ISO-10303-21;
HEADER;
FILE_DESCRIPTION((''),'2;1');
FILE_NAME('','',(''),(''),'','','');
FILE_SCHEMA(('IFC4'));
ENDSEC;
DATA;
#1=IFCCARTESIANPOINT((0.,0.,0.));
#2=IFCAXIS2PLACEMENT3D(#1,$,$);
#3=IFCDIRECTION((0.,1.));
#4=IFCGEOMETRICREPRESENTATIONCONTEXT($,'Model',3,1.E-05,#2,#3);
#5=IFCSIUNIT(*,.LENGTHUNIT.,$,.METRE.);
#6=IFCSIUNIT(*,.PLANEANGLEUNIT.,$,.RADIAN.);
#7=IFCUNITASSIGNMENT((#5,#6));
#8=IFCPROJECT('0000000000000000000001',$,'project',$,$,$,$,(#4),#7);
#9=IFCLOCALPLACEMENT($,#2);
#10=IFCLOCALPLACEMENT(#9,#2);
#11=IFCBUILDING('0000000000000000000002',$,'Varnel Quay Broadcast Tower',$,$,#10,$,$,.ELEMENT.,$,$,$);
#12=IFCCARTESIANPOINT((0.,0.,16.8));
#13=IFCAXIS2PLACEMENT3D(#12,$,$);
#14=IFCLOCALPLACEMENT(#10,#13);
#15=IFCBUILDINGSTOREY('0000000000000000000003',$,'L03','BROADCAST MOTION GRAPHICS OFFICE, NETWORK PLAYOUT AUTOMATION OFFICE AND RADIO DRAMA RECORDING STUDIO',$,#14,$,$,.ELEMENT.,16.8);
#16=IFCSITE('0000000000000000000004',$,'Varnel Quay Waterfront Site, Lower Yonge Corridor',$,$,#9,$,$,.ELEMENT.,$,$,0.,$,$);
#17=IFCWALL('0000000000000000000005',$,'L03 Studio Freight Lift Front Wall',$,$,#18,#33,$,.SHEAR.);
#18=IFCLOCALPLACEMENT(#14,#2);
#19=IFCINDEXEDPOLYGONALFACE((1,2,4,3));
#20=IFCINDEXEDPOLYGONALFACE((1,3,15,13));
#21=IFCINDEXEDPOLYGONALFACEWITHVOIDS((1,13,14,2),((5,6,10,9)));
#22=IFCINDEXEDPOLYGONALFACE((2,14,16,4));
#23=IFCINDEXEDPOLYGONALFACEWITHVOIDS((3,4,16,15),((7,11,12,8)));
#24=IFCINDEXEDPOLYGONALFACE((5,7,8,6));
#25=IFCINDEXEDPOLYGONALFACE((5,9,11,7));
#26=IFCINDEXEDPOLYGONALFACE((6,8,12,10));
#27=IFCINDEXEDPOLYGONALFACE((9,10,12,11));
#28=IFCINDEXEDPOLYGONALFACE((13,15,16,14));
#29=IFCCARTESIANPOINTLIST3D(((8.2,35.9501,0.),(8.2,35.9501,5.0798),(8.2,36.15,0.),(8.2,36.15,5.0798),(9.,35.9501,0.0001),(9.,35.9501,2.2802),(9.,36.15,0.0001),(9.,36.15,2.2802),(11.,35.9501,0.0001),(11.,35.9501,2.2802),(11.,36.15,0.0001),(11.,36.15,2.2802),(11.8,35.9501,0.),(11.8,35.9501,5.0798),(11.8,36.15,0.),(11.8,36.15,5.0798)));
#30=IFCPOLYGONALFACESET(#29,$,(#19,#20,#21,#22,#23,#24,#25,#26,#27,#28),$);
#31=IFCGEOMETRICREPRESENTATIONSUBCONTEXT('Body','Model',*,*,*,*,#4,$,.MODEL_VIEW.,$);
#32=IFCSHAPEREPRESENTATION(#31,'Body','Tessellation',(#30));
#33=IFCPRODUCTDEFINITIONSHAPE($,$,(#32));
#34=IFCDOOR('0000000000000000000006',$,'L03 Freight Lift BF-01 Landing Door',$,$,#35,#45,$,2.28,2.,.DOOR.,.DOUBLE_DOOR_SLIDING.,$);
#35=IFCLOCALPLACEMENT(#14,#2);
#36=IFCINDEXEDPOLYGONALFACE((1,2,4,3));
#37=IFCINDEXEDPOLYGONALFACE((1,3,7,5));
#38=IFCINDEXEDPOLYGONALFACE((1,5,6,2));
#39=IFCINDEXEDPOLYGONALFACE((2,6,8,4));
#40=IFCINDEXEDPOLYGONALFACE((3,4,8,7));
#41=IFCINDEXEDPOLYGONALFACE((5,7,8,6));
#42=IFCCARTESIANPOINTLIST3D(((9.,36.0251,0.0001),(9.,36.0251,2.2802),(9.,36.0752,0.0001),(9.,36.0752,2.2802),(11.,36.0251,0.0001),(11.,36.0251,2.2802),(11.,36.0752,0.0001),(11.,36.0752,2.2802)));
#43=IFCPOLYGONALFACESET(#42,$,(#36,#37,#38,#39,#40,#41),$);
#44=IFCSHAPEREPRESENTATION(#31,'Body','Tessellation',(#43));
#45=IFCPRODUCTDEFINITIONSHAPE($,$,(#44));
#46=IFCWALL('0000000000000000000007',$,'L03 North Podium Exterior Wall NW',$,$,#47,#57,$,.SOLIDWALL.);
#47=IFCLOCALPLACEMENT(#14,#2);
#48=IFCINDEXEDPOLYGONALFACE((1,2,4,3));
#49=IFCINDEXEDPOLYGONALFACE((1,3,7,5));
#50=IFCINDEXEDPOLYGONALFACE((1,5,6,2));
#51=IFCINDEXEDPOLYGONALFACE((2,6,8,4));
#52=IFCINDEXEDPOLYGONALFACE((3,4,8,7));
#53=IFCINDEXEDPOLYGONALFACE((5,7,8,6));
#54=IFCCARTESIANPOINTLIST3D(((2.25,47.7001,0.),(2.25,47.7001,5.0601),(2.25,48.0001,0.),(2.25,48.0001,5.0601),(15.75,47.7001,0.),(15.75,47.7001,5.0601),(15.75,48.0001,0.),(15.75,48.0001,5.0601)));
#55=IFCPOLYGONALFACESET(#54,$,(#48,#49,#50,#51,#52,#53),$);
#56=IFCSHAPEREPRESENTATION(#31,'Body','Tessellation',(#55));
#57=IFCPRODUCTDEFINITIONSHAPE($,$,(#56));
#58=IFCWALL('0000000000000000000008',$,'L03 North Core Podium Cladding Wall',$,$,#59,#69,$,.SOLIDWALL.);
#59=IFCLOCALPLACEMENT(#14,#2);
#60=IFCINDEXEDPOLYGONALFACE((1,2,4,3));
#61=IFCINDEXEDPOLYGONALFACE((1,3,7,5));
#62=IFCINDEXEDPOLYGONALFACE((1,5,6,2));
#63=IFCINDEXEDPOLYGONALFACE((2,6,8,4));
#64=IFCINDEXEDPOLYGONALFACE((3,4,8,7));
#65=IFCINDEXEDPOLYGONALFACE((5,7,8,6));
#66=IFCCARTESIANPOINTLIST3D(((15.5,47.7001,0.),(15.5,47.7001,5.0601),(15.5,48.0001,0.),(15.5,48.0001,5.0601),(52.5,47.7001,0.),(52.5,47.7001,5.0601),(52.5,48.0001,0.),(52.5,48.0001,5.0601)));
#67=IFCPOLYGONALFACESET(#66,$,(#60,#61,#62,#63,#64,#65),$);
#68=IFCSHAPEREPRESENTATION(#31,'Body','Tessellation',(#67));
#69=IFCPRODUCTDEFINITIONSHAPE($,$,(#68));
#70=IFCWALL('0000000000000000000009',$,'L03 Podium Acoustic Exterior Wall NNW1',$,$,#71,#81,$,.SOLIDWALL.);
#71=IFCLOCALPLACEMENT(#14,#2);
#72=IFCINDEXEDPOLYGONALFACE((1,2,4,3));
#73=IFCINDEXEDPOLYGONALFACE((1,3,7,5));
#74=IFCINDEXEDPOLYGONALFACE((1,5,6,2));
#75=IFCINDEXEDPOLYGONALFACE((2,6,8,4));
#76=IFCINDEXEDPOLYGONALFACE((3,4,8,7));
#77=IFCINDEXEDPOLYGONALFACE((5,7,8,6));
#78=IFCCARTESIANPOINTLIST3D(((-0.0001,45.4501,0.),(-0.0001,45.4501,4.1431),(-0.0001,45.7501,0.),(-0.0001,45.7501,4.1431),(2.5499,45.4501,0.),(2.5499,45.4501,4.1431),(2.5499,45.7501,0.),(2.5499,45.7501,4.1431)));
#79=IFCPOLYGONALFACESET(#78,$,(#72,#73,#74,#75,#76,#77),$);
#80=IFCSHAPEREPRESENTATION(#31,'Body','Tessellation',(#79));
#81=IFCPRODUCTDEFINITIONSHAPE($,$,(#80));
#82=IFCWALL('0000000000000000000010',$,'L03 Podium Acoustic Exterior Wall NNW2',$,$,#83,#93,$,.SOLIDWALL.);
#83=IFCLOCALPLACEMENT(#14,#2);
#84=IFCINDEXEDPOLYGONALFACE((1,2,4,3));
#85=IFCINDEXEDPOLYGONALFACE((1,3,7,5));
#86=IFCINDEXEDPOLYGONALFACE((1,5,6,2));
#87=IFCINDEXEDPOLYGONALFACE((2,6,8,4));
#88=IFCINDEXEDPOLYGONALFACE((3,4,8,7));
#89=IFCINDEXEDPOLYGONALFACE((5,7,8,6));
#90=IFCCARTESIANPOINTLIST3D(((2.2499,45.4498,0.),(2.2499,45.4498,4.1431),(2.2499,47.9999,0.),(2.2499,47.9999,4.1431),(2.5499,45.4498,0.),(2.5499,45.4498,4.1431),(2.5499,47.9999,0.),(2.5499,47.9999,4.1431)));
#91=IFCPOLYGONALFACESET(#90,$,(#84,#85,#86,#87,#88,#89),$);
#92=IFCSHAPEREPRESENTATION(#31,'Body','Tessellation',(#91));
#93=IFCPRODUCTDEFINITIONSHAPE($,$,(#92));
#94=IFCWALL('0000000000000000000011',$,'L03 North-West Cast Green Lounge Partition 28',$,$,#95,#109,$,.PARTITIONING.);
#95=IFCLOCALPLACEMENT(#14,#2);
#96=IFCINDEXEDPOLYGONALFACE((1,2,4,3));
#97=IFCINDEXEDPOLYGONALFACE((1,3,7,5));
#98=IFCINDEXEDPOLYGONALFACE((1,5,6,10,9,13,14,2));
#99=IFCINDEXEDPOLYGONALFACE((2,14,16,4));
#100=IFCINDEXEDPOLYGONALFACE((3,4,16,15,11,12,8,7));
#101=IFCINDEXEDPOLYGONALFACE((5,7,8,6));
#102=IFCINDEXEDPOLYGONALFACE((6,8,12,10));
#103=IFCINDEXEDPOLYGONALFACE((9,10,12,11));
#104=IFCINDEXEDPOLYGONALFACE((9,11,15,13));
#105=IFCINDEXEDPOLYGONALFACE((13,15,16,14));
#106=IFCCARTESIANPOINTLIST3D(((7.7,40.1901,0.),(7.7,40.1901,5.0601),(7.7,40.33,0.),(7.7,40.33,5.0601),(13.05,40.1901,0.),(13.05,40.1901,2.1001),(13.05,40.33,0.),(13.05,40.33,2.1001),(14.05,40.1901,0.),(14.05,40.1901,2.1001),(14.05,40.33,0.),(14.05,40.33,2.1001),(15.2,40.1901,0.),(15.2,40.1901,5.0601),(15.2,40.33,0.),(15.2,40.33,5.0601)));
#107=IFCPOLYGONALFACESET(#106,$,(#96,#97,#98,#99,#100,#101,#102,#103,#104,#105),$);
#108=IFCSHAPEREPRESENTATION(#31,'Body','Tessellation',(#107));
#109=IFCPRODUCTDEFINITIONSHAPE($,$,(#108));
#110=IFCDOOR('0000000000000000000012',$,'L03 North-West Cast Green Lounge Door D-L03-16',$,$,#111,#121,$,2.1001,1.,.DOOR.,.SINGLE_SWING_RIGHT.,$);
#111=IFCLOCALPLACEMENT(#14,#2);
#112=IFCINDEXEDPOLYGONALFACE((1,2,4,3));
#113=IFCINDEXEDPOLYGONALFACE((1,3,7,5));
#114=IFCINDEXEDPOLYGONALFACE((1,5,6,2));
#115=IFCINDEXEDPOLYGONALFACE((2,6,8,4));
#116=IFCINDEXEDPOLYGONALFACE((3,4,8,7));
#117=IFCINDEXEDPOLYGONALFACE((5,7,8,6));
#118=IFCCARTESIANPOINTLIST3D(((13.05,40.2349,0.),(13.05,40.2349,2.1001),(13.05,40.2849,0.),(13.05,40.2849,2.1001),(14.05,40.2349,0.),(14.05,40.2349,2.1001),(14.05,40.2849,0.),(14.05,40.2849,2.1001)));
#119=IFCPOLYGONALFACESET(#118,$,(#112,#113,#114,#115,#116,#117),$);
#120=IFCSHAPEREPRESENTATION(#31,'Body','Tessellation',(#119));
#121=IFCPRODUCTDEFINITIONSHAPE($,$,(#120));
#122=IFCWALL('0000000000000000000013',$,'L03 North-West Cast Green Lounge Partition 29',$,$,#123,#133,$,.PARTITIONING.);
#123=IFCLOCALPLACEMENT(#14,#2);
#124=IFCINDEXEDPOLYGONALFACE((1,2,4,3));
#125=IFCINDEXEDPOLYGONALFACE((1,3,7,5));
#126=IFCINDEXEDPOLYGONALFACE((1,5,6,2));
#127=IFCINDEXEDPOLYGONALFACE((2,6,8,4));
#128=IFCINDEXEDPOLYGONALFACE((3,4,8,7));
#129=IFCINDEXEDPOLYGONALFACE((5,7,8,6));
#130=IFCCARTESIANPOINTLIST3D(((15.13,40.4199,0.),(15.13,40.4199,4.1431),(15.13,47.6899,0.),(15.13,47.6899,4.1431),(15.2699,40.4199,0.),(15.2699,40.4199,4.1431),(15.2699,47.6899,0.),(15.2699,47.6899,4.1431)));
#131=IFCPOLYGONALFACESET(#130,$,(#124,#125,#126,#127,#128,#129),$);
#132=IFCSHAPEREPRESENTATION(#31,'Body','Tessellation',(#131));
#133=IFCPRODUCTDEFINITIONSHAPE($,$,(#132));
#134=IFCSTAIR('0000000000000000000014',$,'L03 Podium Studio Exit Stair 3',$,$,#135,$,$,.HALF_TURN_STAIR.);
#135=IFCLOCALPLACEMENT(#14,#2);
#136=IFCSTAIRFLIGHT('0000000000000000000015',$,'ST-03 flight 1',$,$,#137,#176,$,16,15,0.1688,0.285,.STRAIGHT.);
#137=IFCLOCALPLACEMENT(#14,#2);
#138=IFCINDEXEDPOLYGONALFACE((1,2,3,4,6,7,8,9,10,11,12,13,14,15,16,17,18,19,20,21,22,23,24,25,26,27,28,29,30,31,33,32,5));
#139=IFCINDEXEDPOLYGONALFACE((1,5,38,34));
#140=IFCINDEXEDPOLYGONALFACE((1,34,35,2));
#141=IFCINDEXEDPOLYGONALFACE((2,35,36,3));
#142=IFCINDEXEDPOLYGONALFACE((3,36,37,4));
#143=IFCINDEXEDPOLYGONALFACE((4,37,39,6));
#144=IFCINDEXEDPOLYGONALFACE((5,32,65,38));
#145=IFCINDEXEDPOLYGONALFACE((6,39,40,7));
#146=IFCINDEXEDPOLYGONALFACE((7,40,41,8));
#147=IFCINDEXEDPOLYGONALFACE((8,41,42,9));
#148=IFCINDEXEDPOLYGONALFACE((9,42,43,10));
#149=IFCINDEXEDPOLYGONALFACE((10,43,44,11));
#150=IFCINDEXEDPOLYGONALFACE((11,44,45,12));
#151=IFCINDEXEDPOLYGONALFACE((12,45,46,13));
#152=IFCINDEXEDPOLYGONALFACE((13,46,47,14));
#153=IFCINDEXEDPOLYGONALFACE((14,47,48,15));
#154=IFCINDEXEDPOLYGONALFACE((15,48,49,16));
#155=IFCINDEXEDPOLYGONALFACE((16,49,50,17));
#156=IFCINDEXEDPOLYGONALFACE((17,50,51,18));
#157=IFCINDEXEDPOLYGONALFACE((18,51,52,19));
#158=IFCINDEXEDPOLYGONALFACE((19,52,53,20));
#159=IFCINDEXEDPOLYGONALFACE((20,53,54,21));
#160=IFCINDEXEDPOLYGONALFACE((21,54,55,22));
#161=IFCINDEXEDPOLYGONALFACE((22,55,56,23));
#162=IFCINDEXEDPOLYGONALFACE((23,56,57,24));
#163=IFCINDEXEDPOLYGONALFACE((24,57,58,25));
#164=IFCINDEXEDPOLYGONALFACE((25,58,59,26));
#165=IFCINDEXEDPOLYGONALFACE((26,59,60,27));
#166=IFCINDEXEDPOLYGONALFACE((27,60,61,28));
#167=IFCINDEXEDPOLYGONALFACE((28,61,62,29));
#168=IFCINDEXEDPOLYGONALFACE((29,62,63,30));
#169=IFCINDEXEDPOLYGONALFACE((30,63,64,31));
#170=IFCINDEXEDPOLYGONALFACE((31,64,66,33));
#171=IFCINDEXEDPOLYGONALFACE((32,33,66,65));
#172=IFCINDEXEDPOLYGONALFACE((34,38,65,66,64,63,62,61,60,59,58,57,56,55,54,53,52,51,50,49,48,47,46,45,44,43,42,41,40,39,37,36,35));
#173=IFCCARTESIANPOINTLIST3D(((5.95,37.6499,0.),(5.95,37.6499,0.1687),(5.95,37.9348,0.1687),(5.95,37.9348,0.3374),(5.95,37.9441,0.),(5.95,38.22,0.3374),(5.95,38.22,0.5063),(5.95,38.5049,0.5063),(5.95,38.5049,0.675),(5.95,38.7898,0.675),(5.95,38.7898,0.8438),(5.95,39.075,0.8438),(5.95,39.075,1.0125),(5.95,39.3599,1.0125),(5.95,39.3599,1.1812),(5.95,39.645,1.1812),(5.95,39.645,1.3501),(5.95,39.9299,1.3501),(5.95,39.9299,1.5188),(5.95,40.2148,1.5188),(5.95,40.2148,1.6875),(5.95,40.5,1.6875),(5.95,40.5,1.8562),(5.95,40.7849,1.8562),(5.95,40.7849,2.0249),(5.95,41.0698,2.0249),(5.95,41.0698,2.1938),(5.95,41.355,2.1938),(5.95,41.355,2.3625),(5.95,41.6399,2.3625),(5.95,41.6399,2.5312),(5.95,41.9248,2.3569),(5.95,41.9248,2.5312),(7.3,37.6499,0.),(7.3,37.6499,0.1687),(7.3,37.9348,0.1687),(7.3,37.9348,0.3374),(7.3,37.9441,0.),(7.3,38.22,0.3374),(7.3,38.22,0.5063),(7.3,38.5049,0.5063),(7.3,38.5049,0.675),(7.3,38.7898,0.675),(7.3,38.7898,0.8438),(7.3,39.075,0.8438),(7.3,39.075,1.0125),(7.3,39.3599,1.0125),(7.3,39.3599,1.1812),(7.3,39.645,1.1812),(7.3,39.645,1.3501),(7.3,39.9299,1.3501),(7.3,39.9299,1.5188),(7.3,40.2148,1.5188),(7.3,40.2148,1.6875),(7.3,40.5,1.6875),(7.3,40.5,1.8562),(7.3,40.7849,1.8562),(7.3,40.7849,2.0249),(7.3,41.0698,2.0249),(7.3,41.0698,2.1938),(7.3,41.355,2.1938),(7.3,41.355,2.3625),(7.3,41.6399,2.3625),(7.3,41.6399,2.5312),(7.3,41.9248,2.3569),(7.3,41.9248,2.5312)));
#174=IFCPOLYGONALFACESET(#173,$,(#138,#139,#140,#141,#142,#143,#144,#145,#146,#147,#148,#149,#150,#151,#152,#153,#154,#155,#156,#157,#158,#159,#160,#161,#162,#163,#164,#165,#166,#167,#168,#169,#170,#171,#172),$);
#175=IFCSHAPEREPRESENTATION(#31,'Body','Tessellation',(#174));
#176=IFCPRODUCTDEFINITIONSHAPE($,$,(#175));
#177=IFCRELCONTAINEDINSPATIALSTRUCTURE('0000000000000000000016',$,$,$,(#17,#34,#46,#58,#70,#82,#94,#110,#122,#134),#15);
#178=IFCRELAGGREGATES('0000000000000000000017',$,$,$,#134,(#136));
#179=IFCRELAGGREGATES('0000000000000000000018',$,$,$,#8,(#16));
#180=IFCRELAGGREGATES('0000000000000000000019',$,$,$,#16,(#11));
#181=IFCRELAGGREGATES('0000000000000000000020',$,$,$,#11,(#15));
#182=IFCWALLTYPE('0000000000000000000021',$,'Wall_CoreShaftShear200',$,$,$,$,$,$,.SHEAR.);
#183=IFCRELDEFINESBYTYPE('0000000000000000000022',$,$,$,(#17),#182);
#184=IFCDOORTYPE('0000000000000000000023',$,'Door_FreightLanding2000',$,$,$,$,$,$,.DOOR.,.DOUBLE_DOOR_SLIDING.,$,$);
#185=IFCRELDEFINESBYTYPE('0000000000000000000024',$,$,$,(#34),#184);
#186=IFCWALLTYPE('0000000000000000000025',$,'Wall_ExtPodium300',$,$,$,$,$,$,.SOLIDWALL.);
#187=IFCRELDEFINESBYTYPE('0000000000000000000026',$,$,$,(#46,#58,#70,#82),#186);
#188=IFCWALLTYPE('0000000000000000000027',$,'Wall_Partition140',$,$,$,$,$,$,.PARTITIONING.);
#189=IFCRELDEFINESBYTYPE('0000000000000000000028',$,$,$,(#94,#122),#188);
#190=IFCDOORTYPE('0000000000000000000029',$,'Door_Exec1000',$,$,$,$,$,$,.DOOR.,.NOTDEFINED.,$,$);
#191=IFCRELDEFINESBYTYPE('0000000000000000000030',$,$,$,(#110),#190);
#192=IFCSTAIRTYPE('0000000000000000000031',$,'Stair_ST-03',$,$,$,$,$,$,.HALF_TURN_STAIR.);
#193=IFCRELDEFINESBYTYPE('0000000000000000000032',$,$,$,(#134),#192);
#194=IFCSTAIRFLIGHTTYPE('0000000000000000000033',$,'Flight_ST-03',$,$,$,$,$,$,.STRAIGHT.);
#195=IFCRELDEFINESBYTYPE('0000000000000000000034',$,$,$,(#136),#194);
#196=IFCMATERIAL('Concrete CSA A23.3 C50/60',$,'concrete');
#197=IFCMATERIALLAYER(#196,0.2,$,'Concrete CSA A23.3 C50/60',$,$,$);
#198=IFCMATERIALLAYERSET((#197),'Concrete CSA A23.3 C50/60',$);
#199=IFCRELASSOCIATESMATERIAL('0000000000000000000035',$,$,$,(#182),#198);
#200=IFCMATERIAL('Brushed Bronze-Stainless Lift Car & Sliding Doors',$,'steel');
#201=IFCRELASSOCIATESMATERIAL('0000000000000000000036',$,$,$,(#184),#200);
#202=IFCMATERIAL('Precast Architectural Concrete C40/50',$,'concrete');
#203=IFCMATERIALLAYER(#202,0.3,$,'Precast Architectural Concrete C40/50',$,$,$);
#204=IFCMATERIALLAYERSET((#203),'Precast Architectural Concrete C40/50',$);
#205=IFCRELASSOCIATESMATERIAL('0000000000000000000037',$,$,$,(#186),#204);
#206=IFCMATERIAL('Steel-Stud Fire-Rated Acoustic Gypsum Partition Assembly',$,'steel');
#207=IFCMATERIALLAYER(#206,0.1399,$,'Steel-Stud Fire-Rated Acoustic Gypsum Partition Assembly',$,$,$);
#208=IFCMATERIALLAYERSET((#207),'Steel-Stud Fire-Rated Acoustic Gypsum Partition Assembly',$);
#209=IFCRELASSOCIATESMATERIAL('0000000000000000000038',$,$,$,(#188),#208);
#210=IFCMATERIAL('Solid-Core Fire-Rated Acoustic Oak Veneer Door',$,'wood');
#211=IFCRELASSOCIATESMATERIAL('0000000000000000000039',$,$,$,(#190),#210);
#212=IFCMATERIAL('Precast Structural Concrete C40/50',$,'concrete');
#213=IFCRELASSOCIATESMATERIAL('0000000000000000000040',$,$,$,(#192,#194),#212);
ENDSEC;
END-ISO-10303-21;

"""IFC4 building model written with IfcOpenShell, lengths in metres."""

from ifc_helpers import new_model, si_unit, direction, frame, frame_2d, origin, place, context, subcontext, project, spatial, polyline, rectangle, outline, extrude, source, transform, mapped, material, layer, layer_set, type_object, type_shapes, element, fill, aggregate, save


model = new_model("IFC4")

# Units and contexts
model_context = context("Model", 3, precision=1e-05, world=origin(), true_north=direction((0.0, 1.0)))
body_context = subcontext(model_context, "Body", "Model", "MODEL_VIEW")
ifc_project = project(units=[si_unit("LENGTHUNIT", "METRE"), si_unit("PLANEANGLEUNIT", "RADIAN")], contexts=[model_context])

# Site, building, storey
site_placement = place(None, origin())
site = spatial("IfcSite", under=ifc_project, at=site_placement, Name="Varnel Quay Waterfront Site, Lower Yonge Corridor", CompositionType="ELEMENT", RefElevation=0.0)
building_placement = place(site_placement, origin())
building = spatial("IfcBuilding", under=site, at=building_placement, Name="Varnel Quay Broadcast Tower", CompositionType="ELEMENT")
storey_placement = place(building_placement, frame((0.0, 0.0, 16.8)))
storey = spatial("IfcBuildingStorey", under=building, at=storey_placement, Name="L03", Description="BROADCAST MOTION GRAPHICS OFFICE, NETWORK PLAYOUT AUTOMATION OFFICE AND RADIO DRAMA RECORDING STUDIO", CompositionType="ELEMENT", Elevation=16.8)

# Shared definitions
ifc_material_1 = material(Name="Concrete CSA A23.3 C50/60", Category="concrete")
ifc_layer_1 = layer(ifc_material_1, 0.2, Name="Concrete CSA A23.3 C50/60")
ifc_layer_set_1 = layer_set([ifc_layer_1], Name="Concrete CSA A23.3 C50/60")
wall_type_1 = type_object("IfcWallType", Name="Wall_CoreShaftShear200", PredefinedType="SHEAR", material=ifc_layer_set_1)

# Wall, opening, door
wall_1_placement = place(storey_placement, frame((8.2, 36.05, 0.0), z_axis=(0.0, 0.0, 1.0), x_axis=(1.0, 0.0, 0.0)))
wall_1 = element("IfcWall", 1, at=wall_1_placement, inside=storey, type_object=wall_type_1, Name="L03 Studio Freight Lift Front Wall", PredefinedType="SHEAR", context=body_context, shape_type="SweptSolid", body=[
    extrude(rectangle(XDim=3.6001, YDim=0.2, at=frame_2d((1.8, 0.0))), origin(), (0.0, 0.0, 1.0), 5.0798),
])
opening_1_placement = place(wall_1_placement, frame((0.8, 0.0, 0.0)))
opening_1 = element("IfcOpeningElement", 2, at=opening_1_placement, cuts=wall_1, PredefinedType="OPENING", context=body_context, shape_type="SweptSolid", body=[
    extrude(rectangle(XDim=2.0, YDim=2.28, at=frame_2d((1.0, 1.1401))), frame((0.0, 0.1099, 0.0), z_axis=(0.0, -1.0, 0.0), x_axis=(1.0, 0.0, 0.0)), (0.0, 0.0, 1.0), 0.22),
])
ifc_material_2 = material(Name="Brushed Bronze-Stainless Lift Car & Sliding Doors", Category="steel")
door_type_1 = type_object("IfcDoorType", Name="Door_FreightLanding2000", OperationType="DOUBLE_DOOR_SLIDING", PredefinedType="DOOR", material=ifc_material_2)
shared_shape_1 = source(origin(), body_context, "Body", "SweptSolid", [
    extrude(rectangle(XDim=2.0, YDim=2.28, at=frame_2d((1.0, 1.1401))), frame((0.0, 0.0249, 0.0), z_axis=(0.0, -1.0, 0.0), x_axis=(1.0, 0.0, 0.0)), (0.0, 0.0, 1.0), 0.05),
])
type_shapes(door_type_1, [shared_shape_1])
door_1_placement = place(opening_1_placement, frame((2.0, 0.0, 0.0), z_axis=(0.0, 0.0, 1.0), x_axis=(-1.0, 0.0, 0.0)))
door_1 = element("IfcDoor", 3, at=door_1_placement, inside=storey, type_object=door_type_1, Name="L03 Freight Lift BF-01 Landing Door", OperationType="DOUBLE_DOOR_SLIDING", OverallHeight=2.28, OverallWidth=2.0, PredefinedType="DOOR", context=body_context, shape_type="MappedRepresentation", body=[
    mapped(shared_shape_1, transform((0.0, 0.0, 0.0), x_axis=(1.0, 0.0, 0.0), y_axis=(0.0, 1.0, 0.0), z_axis=(0.0, 0.0, 1.0), scale=1.0)),
])
fill(opening_1, door_1)

# Walls
ifc_material_3 = material(Name="Precast Architectural Concrete C40/50", Category="concrete")
ifc_layer_2 = layer(ifc_material_3, 0.3, Name="Precast Architectural Concrete C40/50")
ifc_layer_set_2 = layer_set([ifc_layer_2], Name="Precast Architectural Concrete C40/50")
wall_type_2 = type_object("IfcWallType", Name="Wall_ExtPodium300", PredefinedType="SOLIDWALL", material=ifc_layer_set_2)
wall_2_placement = place(storey_placement, frame((2.25, 47.8501, 0.0), z_axis=(0.0, 0.0, 1.0), x_axis=(1.0, 0.0, 0.0)))
element("IfcWall", 4, at=wall_2_placement, inside=storey, type_object=wall_type_2, Name="L03 North Podium Exterior Wall NW", PredefinedType="SOLIDWALL", context=body_context, shape_type="SweptSolid", body=[
    extrude(rectangle(XDim=13.5, YDim=0.3, at=frame_2d((6.75, 0.0))), origin(), (0.0, 0.0, 1.0), 5.0601),
])
wall_3_placement = place(storey_placement, frame((15.5, 47.8501, 0.0), z_axis=(0.0, 0.0, 1.0), x_axis=(1.0, 0.0, 0.0)))
element("IfcWall", 5, at=wall_3_placement, inside=storey, type_object=wall_type_2, Name="L03 North Core Podium Cladding Wall", PredefinedType="SOLIDWALL", context=body_context, shape_type="SweptSolid", body=[
    extrude(rectangle(XDim=37.0, YDim=0.3, at=frame_2d((18.5, 0.0))), origin(), (0.0, 0.0, 1.0), 5.0601),
])
for number, where, z_axis, x_axis, name in (
    (6, (0.0, 45.6001, 0.0), (0.0, 0.0, 1.0), (1.0, 0.0, 0.0), "L03 Podium Acoustic Exterior Wall NNW1"),
    (7, (2.3999, 45.45, 0.0), (0.0, 0.0, 1.0), (0.0, 1.0, 0.0), "L03 Podium Acoustic Exterior Wall NNW2"),
):
    element("IfcWall", number, at=place(storey_placement, frame(where, z_axis=z_axis, x_axis=x_axis)), inside=storey, type_object=wall_type_2, Name=name, PredefinedType="SOLIDWALL", context=body_context, shape_type="SweptSolid", body=[
        extrude(rectangle(XDim=2.55, YDim=0.3, at=frame_2d((1.2749, 0.0))), origin(), (0.0, 0.0, 1.0), 4.1431),
    ])

# Wall, opening, door
ifc_material_4 = material(Name="Steel-Stud Fire-Rated Acoustic Gypsum Partition Assembly", Category="steel")
ifc_layer_3 = layer(ifc_material_4, 0.1399, Name="Steel-Stud Fire-Rated Acoustic Gypsum Partition Assembly")
ifc_layer_set_3 = layer_set([ifc_layer_3], Name="Steel-Stud Fire-Rated Acoustic Gypsum Partition Assembly")
wall_type_3 = type_object("IfcWallType", Name="Wall_Partition140", PredefinedType="PARTITIONING", material=ifc_layer_set_3)
wall_4_placement = place(storey_placement, frame((7.7, 40.26, 0.0), z_axis=(0.0, 0.0, 1.0), x_axis=(1.0, 0.0, 0.0)))
wall_4 = element("IfcWall", 8, at=wall_4_placement, inside=storey, type_object=wall_type_3, Name="L03 North-West Cast Green Lounge Partition 28", PredefinedType="PARTITIONING", context=body_context, shape_type="SweptSolid", body=[
    extrude(rectangle(XDim=7.5, YDim=0.1399, at=frame_2d((3.75, 0.0))), origin(), (0.0, 0.0, 1.0), 5.0601),
])
opening_2_placement = place(wall_4_placement, frame((5.3501, 0.0, 0.0)))
opening_2 = element("IfcOpeningElement", 9, at=opening_2_placement, cuts=wall_4, PredefinedType="OPENING", context=body_context, shape_type="SweptSolid", body=[
    extrude(rectangle(XDim=1.0, YDim=2.1001, at=frame_2d((0.5, 1.05))), frame((0.0, 0.0801, 0.0), z_axis=(0.0, -1.0, 0.0), x_axis=(1.0, 0.0, 0.0)), (0.0, 0.0, 1.0), 0.1599),
])
ifc_material_5 = material(Name="Solid-Core Fire-Rated Acoustic Oak Veneer Door", Category="wood")
door_type_2 = type_object("IfcDoorType", Name="Door_Exec1000", OperationType="NOTDEFINED", PredefinedType="DOOR", material=ifc_material_5)
shared_shape_2 = source(origin(), body_context, "Body", "SweptSolid", [
    extrude(rectangle(XDim=1.0, YDim=2.1001, at=frame_2d((0.5, 1.05))), frame((0.0, 0.0249, 0.0), z_axis=(0.0, -1.0, 0.0), x_axis=(1.0, 0.0, 0.0)), (0.0, 0.0, 1.0), 0.05),
])
type_shapes(door_type_2, [shared_shape_2])
door_2_placement = place(opening_2_placement, origin())
door_2 = element("IfcDoor", 10, at=door_2_placement, inside=storey, type_object=door_type_2, Name="L03 North-West Cast Green Lounge Door D-L03-16", OperationType="SINGLE_SWING_RIGHT", OverallHeight=2.1001, OverallWidth=1.0, PredefinedType="DOOR", context=body_context, shape_type="MappedRepresentation", body=[
    mapped(shared_shape_2, transform((0.0, 0.0, 0.0), x_axis=(1.0, 0.0, 0.0), y_axis=(0.0, 1.0, 0.0), z_axis=(0.0, 0.0, 1.0), scale=1.0)),
])
fill(opening_2, door_2)

# Wall
wall_5_placement = place(storey_placement, frame((15.2, 40.4199, 0.0), z_axis=(0.0, 0.0, 1.0), x_axis=(0.0, 1.0, 0.0)))
element("IfcWall", 11, at=wall_5_placement, inside=storey, type_object=wall_type_3, Name="L03 North-West Cast Green Lounge Partition 29", PredefinedType="PARTITIONING", context=body_context, shape_type="SweptSolid", body=[
    extrude(rectangle(XDim=7.27, YDim=0.1399, at=frame_2d((3.635, 0.0))), origin(), (0.0, 0.0, 1.0), 4.1431),
])

# Stair, stair flight
ifc_material_6 = material(Name="Precast Structural Concrete C40/50", Category="concrete")
stair_type = type_object("IfcStairType", Name="Stair_ST-03", PredefinedType="HALF_TURN_STAIR", material=ifc_material_6)
stair_placement = place(storey_placement, origin())
stair = element("IfcStair", 12, at=stair_placement, inside=storey, type_object=stair_type, Name="L03 Podium Studio Exit Stair 3", PredefinedType="HALF_TURN_STAIR")
stair_flight_type = type_object("IfcStairFlightType", Name="Flight_ST-03", PredefinedType="STRAIGHT", material=ifc_material_6)
stair_flight_1_placement = place(storey_placement, frame((6.625, 37.6499, 0.0), z_axis=(0.0, 0.0, 1.0), x_axis=(0.0, 1.0, 0.0)))
stair_flight_1 = element("IfcStairFlight", 13, at=stair_flight_1_placement, type_object=stair_flight_type, Name="ST-03 flight 1", NumberOfRisers=16, NumberOfTreads=15, PredefinedType="STRAIGHT", RiserHeight=0.1688, TreadLength=0.285, context=body_context, shape_type="SweptSolid", body=[
    extrude(outline(polyline([(0.0, 0.0), (0.0, 0.1687), (0.2849, 0.1687), (0.2849, 0.3374), (0.5701, 0.3374), (0.5701, 0.5063), (0.855, 0.5063), (0.855, 0.675), (1.1399, 0.675), (1.1399, 0.8438), (1.425, 0.8438), (1.425, 1.0125), (1.71, 1.0125), (1.71, 1.1812), (1.9951, 1.1812), (1.9951, 1.3501), (2.28, 1.3501), (2.28, 1.5188), (2.5649, 1.5188), (2.5649, 1.6875), (2.8501, 1.6875), (2.8501, 1.8562), (3.135, 1.8562), (3.135, 2.0249), (3.4199, 2.0249), (3.4199, 2.1938), (3.7051, 2.1938), (3.7051, 2.3625), (3.99, 2.3625), (3.99, 2.5312), (4.2749, 2.5312), (4.2749, 2.7), (4.2749, 2.3569), (0.2942, 0.0), (0.0, 0.0)])), frame((0.0, 0.675, 0.0), z_axis=(0.0, -1.0, 0.0), x_axis=(1.0, 0.0, 0.0)), (0.0, 0.0, 1.0), 1.3501),
])
aggregate(stair, [stair_flight_1])

save(model, "model.ifc")
